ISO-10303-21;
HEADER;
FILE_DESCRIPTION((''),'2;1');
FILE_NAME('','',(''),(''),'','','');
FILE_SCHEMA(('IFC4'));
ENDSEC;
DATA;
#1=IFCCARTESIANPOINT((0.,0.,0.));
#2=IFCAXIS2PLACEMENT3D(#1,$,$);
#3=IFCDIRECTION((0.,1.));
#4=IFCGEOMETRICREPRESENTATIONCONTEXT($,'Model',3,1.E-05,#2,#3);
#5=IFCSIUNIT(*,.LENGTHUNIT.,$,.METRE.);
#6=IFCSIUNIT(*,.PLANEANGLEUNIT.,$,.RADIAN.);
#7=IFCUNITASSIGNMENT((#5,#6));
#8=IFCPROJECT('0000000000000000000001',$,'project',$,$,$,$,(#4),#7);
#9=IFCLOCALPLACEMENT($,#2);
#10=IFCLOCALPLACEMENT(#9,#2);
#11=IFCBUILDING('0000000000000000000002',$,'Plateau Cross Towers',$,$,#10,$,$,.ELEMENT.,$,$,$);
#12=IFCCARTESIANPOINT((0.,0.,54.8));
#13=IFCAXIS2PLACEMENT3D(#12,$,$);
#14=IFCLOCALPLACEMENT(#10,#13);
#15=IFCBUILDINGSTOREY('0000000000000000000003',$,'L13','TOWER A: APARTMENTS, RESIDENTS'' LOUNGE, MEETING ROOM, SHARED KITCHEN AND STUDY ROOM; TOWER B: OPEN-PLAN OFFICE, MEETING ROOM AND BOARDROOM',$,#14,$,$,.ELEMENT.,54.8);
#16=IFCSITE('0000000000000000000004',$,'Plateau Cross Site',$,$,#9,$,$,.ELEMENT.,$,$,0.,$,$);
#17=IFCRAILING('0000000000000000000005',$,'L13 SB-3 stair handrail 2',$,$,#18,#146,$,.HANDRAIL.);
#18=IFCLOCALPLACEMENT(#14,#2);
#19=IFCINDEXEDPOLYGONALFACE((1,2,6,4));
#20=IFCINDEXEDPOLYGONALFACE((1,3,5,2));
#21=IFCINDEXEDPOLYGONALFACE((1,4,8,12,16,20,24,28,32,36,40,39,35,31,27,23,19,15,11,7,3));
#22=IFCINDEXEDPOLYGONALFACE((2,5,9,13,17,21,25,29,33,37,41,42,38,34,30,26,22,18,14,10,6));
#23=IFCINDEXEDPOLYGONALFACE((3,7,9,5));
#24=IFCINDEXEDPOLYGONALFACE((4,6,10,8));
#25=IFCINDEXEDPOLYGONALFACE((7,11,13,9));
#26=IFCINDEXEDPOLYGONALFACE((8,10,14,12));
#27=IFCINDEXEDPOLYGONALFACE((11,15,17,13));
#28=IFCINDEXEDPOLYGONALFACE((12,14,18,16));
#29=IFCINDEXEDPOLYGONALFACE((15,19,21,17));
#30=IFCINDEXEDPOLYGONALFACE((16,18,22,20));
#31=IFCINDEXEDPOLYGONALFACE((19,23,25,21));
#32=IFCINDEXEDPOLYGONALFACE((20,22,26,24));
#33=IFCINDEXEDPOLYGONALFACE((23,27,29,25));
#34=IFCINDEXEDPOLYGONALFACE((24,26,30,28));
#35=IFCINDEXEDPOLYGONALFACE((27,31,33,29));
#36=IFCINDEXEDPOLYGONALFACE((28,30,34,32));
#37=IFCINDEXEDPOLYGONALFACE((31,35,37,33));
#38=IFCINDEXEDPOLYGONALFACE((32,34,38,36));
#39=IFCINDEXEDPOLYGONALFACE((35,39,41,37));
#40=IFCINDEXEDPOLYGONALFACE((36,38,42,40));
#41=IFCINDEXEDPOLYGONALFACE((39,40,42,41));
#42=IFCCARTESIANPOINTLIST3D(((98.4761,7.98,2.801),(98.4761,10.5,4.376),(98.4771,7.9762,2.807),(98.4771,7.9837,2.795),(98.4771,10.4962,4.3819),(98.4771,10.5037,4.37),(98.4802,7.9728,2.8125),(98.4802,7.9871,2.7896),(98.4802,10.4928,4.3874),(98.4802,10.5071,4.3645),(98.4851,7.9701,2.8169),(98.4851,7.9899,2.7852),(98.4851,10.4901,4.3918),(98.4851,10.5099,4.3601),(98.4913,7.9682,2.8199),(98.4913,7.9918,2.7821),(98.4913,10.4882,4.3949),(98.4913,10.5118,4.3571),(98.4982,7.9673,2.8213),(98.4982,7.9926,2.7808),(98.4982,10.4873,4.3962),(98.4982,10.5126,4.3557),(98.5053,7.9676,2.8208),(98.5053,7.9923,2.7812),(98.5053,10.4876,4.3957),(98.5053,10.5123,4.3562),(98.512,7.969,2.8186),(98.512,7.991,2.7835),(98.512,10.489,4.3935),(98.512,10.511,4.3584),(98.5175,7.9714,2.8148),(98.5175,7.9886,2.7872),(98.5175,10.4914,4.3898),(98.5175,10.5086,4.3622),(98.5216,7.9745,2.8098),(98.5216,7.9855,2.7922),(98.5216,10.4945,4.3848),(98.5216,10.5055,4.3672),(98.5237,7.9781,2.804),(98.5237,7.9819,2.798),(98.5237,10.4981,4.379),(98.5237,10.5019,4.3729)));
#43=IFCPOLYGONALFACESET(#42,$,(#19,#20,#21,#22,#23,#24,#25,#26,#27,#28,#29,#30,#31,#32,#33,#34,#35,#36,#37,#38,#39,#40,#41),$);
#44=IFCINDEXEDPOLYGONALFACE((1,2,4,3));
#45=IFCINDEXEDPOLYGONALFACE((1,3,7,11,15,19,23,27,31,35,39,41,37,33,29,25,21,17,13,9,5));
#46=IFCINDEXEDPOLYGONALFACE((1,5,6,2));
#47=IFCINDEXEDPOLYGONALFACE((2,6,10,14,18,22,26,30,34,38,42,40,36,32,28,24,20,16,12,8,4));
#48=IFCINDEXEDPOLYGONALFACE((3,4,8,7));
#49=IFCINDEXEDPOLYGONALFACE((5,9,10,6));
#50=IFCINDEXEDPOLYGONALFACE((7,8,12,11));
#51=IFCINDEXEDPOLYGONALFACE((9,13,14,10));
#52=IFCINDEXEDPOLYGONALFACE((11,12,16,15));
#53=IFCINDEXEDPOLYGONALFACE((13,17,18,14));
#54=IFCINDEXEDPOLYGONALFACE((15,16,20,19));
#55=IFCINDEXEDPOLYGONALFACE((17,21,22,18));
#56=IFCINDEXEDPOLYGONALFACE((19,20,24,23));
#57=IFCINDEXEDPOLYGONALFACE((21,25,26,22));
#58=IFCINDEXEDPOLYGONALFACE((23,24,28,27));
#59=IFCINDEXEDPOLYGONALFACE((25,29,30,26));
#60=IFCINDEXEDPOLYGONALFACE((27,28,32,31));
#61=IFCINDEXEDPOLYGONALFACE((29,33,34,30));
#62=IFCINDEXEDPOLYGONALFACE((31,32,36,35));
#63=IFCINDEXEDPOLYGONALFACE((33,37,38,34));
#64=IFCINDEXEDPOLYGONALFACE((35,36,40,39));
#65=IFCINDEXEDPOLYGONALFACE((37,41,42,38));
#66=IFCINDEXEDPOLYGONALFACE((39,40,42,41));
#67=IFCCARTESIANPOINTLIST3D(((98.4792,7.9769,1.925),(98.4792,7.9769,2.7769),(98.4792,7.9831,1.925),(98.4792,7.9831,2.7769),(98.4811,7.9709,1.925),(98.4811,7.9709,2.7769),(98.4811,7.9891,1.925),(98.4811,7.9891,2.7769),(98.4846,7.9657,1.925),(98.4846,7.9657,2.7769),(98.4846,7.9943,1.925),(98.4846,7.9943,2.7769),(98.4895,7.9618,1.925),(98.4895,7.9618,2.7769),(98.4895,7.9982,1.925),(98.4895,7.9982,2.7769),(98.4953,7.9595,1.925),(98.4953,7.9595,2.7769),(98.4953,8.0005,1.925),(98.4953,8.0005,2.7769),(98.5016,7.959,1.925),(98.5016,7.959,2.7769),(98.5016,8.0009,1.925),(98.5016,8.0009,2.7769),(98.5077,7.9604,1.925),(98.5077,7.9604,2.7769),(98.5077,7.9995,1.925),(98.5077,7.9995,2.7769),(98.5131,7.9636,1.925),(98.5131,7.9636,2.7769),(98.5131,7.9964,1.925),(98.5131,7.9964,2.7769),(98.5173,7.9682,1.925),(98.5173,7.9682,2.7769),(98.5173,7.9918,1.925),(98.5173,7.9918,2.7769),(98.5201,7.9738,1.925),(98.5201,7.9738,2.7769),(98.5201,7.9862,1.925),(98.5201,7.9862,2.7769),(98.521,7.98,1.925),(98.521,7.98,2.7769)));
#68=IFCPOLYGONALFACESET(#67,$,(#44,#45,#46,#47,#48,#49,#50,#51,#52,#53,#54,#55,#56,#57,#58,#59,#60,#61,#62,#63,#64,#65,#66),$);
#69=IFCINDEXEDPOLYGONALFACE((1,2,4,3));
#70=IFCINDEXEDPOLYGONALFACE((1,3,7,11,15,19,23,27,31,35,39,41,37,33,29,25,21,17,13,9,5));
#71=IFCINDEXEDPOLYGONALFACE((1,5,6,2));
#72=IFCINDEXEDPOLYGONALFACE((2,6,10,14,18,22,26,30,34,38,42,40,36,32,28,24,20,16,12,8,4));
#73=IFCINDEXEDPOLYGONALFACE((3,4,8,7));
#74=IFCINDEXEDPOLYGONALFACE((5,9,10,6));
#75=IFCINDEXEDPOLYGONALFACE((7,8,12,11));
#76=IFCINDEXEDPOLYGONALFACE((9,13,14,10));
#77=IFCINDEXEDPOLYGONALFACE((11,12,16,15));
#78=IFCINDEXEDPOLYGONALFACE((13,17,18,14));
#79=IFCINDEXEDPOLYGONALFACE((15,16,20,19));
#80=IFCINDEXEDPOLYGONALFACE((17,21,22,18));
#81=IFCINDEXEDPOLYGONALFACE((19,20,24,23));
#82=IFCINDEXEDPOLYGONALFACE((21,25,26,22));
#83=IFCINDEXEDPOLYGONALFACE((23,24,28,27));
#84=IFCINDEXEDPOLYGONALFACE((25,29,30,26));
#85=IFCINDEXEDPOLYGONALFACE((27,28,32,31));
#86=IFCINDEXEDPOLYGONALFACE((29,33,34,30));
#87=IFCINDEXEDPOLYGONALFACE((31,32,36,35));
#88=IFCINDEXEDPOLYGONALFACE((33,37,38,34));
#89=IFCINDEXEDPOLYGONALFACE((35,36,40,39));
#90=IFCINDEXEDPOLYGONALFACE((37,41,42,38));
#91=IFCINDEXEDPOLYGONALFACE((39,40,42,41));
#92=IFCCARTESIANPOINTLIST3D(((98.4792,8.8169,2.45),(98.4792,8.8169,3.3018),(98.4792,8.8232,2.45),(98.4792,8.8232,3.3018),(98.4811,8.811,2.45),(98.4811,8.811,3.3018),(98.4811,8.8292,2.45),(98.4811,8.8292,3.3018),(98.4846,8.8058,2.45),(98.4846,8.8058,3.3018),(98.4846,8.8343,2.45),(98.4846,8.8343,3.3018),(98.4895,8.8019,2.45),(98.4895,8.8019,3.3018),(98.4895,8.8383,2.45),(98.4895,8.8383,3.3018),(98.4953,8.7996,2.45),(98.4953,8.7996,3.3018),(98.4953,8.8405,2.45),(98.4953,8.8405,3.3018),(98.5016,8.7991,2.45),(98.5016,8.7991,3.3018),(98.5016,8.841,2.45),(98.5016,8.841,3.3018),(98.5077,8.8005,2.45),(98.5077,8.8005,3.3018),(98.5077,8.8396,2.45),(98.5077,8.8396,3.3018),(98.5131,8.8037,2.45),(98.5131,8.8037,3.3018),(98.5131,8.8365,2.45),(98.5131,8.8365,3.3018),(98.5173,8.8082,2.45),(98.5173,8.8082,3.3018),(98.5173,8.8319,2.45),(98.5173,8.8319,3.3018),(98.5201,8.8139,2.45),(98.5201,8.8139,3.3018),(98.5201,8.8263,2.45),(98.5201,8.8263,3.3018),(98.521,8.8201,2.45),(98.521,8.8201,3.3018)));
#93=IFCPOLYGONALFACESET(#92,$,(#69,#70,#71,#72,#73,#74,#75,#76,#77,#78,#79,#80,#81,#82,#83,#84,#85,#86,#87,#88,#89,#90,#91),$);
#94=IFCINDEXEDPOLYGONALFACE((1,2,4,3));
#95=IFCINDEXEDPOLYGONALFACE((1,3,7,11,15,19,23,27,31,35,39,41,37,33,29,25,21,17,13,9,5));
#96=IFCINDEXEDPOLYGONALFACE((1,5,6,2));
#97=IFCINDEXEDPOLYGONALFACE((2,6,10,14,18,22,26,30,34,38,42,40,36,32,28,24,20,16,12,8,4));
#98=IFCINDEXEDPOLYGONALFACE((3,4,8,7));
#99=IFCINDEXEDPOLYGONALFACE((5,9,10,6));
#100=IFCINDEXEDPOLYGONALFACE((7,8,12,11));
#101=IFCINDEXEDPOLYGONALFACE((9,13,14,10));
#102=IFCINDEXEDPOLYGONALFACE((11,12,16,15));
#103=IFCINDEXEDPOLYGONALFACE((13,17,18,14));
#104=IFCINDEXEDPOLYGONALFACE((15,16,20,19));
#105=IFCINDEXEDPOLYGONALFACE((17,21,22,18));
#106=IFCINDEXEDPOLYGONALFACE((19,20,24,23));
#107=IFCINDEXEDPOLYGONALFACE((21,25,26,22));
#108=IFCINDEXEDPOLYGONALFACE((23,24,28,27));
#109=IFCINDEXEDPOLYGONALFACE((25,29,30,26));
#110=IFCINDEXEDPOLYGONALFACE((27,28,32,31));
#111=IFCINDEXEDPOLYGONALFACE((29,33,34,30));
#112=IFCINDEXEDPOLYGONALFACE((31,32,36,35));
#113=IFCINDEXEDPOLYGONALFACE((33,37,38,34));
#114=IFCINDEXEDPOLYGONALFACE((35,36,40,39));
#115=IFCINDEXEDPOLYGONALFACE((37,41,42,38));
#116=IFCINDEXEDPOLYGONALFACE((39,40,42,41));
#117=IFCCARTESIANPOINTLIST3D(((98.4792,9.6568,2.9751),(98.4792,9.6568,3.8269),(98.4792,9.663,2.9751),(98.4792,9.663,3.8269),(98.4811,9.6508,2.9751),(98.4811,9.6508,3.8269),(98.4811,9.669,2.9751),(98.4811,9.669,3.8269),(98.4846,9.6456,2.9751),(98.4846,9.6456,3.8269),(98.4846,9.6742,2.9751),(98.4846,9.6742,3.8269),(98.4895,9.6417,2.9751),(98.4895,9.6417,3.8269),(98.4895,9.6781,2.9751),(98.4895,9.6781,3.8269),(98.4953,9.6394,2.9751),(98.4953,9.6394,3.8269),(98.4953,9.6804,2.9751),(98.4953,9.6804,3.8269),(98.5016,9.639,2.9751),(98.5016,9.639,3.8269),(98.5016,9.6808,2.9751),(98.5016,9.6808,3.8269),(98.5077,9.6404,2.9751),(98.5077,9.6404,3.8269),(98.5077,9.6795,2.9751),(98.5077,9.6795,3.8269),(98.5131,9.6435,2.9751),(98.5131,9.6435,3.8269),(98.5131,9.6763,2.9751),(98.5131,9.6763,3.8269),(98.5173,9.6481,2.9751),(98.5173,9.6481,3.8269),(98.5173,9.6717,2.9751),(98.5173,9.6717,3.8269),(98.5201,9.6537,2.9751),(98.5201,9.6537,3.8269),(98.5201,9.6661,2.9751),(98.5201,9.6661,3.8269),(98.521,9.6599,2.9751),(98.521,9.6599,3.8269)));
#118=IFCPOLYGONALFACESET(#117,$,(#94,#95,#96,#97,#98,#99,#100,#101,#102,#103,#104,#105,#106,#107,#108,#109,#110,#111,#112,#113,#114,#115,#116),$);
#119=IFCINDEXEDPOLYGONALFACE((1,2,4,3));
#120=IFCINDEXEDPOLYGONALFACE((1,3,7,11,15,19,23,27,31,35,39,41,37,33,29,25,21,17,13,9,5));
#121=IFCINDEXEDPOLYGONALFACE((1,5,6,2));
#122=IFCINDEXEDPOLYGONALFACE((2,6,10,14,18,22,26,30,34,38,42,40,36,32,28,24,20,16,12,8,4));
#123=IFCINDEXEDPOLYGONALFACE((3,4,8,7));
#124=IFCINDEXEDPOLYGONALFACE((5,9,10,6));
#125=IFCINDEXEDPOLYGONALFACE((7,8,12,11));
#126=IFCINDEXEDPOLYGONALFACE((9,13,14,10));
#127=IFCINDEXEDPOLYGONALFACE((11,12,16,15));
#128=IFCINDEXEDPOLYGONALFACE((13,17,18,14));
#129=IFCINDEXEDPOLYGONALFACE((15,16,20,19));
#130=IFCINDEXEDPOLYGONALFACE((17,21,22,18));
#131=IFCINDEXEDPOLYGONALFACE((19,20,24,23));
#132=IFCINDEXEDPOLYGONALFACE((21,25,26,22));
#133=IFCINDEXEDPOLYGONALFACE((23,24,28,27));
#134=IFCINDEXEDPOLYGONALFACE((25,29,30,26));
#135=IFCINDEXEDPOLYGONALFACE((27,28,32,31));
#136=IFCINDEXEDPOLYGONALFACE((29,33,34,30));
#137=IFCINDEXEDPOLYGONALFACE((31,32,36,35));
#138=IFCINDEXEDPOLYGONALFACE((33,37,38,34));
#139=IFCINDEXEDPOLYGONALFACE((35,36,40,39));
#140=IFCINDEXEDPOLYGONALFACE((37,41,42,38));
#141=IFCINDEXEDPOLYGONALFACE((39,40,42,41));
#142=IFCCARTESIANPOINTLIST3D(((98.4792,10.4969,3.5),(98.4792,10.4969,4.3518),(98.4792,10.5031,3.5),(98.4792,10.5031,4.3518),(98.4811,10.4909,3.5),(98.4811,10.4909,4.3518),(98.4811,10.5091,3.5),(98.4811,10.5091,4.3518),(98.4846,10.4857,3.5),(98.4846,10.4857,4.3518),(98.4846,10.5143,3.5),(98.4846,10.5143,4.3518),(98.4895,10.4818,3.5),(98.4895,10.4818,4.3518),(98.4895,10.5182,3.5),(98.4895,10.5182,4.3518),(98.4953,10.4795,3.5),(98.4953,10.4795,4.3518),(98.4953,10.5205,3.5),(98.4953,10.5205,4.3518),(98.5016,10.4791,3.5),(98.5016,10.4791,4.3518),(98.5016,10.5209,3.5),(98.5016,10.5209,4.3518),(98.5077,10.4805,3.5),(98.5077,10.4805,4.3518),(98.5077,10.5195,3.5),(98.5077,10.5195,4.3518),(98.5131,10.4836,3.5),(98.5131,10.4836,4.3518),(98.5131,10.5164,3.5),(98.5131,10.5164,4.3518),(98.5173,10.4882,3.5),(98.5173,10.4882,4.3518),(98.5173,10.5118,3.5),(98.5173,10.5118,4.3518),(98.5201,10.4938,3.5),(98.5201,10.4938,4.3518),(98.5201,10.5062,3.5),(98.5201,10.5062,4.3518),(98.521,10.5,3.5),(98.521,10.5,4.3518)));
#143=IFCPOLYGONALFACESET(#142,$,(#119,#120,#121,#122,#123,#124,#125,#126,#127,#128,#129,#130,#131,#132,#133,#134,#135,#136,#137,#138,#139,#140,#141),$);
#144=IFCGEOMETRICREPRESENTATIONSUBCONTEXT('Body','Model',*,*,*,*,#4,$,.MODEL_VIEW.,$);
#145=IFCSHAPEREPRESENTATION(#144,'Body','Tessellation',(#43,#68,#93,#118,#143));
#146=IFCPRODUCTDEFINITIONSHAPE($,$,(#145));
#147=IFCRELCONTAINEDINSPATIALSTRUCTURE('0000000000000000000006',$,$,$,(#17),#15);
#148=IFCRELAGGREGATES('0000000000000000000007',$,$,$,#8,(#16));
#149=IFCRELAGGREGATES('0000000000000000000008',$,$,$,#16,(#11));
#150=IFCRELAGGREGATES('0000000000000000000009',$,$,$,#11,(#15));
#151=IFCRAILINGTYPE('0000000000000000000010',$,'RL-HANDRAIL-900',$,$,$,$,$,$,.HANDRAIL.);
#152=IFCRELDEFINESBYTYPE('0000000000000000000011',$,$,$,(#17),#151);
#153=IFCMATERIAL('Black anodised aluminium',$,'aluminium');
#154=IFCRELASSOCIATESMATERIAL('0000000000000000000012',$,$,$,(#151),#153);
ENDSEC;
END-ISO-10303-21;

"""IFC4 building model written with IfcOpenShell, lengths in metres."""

from ifc_helpers import new_model, si_unit, direction, frame, origin, origin_2d, place, context, subcontext, project, spatial, circle, extrude, material, type_object, element, save


model = new_model("IFC4")

# Units and contexts
model_context = context("Model", 3, precision=1e-05, world=origin(), true_north=direction((0.0, 1.0)))
body_context = subcontext(model_context, "Body", "Model", "MODEL_VIEW")
ifc_project = project(units=[si_unit("LENGTHUNIT", "METRE"), si_unit("PLANEANGLEUNIT", "RADIAN")], contexts=[model_context])

# Site, building, storey
site_placement = place(None, origin())
site = spatial("IfcSite", under=ifc_project, at=site_placement, Name="Plateau Cross Site", CompositionType="ELEMENT", RefElevation=0.0)
building_placement = place(site_placement, origin())
building = spatial("IfcBuilding", under=site, at=building_placement, Name="Plateau Cross Towers", CompositionType="ELEMENT")
storey_placement = place(building_placement, frame((0.0, 0.0, 54.8)))
storey = spatial("IfcBuildingStorey", under=building, at=storey_placement, Name="L13", Description="TOWER A: APARTMENTS, RESIDENTS' LOUNGE, MEETING ROOM, SHARED KITCHEN AND STUDY ROOM; TOWER B: OPEN-PLAN OFFICE, MEETING ROOM AND BOARDROOM", CompositionType="ELEMENT", Elevation=54.8)

# Shared definitions
ifc_material_1 = material(Name="Black anodised aluminium", Category="aluminium")

# Railing
railing_type_1 = type_object("IfcRailingType", Name="RL-HANDRAIL-900", PredefinedType="HANDRAIL", material=ifc_material_1)
railing_1_placement = place(storey_placement, frame((98.5, 7.98, 1.925)))
element("IfcRailing", 1, at=railing_1_placement, inside=storey, type_object=railing_type_1, Name="L13 SB-3 stair handrail 2", PredefinedType="HANDRAIL", context=body_context, shape_type="SweptSolid", body=[
    extrude(circle(Radius=0.0239, at=origin_2d()), frame((0.0, 0.0, 0.876), z_axis=(0.0, 0.848008, 0.529984), x_axis=(-1.0, 0.0, 0.0)), (0.0, 0.0, 1.0), 2.9717),
    extrude(circle(Radius=0.021, at=origin_2d()), origin(), (0.0, 0.0, 1.0), 0.8518),
    extrude(circle(Radius=0.021, at=origin_2d()), frame((0.0, 0.8401, 0.5249)), (0.0, 0.0, 1.0), 0.8518),
    extrude(circle(Radius=0.021, at=origin_2d()), frame((0.0, 1.6799, 1.05)), (0.0, 0.0, 1.0), 0.8518),
    extrude(circle(Radius=0.021, at=origin_2d()), frame((0.0, 2.52, 1.575)), (0.0, 0.0, 1.0), 0.8518),
])

save(model, "model.ifc")
